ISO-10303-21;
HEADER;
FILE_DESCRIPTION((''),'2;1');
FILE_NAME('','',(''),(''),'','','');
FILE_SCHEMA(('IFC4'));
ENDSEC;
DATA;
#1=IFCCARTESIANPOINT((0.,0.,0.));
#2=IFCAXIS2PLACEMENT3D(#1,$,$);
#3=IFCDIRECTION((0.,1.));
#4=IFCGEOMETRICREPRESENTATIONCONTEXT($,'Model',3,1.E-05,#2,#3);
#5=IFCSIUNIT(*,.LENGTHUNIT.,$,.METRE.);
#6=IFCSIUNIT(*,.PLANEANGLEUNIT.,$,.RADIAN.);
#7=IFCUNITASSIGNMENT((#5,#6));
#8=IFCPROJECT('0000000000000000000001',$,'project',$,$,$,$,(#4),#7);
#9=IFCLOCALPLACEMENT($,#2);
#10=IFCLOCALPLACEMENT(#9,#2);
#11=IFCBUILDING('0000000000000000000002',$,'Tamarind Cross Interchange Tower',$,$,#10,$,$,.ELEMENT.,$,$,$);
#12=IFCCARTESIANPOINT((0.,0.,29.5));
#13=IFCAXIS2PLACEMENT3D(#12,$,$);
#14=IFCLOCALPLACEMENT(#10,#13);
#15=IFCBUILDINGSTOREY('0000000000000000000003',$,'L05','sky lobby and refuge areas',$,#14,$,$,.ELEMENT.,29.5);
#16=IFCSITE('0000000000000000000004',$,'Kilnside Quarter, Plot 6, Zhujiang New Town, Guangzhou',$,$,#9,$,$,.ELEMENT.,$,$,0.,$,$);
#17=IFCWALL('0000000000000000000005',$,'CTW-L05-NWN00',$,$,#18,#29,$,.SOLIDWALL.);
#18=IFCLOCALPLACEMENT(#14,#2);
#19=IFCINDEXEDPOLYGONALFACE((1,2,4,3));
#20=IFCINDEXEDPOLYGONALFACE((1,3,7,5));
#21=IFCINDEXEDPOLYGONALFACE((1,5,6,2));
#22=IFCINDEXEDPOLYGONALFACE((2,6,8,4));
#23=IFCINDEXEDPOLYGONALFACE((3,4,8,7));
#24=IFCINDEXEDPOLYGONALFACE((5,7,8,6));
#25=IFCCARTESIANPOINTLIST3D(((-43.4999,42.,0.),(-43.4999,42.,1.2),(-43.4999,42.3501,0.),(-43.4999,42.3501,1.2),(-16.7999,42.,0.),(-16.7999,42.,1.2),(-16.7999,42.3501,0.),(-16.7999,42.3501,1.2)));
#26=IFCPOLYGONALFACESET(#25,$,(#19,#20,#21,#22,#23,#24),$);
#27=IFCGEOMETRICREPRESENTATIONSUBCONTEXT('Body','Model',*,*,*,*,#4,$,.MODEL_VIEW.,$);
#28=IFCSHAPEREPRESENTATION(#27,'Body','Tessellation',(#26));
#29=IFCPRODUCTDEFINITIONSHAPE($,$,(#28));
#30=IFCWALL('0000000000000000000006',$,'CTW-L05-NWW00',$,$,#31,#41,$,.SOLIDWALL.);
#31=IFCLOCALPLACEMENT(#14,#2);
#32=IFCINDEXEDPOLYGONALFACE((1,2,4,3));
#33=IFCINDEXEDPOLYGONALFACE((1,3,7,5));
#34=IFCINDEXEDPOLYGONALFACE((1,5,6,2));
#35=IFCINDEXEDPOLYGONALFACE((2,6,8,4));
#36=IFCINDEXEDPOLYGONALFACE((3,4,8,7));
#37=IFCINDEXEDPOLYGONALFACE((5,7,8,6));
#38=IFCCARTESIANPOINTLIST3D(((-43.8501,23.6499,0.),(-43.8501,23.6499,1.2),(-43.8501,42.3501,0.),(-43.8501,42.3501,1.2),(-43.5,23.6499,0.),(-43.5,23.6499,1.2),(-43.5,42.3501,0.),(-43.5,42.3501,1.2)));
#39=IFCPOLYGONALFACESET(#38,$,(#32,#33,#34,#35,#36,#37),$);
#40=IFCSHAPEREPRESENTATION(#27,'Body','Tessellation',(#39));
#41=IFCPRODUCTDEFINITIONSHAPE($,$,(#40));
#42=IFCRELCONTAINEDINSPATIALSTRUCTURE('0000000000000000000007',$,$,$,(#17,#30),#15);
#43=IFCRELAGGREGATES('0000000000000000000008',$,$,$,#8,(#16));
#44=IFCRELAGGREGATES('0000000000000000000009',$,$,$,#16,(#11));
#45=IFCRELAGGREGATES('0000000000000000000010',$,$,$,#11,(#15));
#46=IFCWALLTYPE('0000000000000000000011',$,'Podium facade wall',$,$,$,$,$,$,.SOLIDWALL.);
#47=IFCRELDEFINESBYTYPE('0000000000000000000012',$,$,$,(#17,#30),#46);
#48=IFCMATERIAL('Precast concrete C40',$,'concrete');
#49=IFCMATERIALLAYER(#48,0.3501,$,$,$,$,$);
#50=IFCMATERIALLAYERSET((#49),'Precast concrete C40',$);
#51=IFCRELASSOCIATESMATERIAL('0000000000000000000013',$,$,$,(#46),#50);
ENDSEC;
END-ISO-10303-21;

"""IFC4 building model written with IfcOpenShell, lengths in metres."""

from ifc_helpers import new_model, si_unit, direction, frame, frame_2d, origin, place, context, subcontext, project, spatial, rectangle, extrude, material, layer, layer_set, type_object, element, save


model = new_model("IFC4")

# Units and contexts
model_context = context("Model", 3, precision=1e-05, world=origin(), true_north=direction((0.0, 1.0)))
body_context = subcontext(model_context, "Body", "Model", "MODEL_VIEW")
ifc_project = project(units=[si_unit("LENGTHUNIT", "METRE"), si_unit("PLANEANGLEUNIT", "RADIAN")], contexts=[model_context])

# Site, building, storey
site_placement = place(None, origin())
site = spatial("IfcSite", under=ifc_project, at=site_placement, Name="Kilnside Quarter, Plot 6, Zhujiang New Town, Guangzhou", CompositionType="ELEMENT", RefElevation=0.0)
building_placement = place(site_placement, origin())
building = spatial("IfcBuilding", under=site, at=building_placement, Name="Tamarind Cross Interchange Tower", CompositionType="ELEMENT")
storey_placement = place(building_placement, frame((0.0, 0.0, 29.5)))
storey = spatial("IfcBuildingStorey", under=building, at=storey_placement, Name="L05", Description="sky lobby and refuge areas", CompositionType="ELEMENT", Elevation=29.5)

# Walls
ifc_material_1 = material(Name="Precast concrete C40", Category="concrete")
ifc_layer_1 = layer(ifc_material_1, 0.3501)
ifc_layer_set_1 = layer_set([ifc_layer_1], Name="Precast concrete C40")
wall_type = type_object("IfcWallType", Name="Podium facade wall", PredefinedType="SOLIDWALL", material=ifc_layer_set_1)
for number, where, z_axis, x_axis, name in (
    (1, (-43.5, 42.175, 0.0), (0.0, 0.0, 1.0), (1.0, 0.0, 0.0), "CTW-L05-NWN00"),
):
    element("IfcWall", number, at=place(storey_placement, frame(where, z_axis=z_axis, x_axis=x_axis)), inside=storey, type_object=wall_type, Name=name, PredefinedType="SOLIDWALL", context=body_context, shape_type="SweptSolid", body=[
        extrude(rectangle(XDim=26.7, YDim=0.3501, at=frame_2d((13.3501, 0.0))), origin(), (0.0, 0.0, 1.0), 1.2),
    ])
wall_placement = place(storey_placement, frame((-43.675, 23.6499, 0.0), z_axis=(0.0, 0.0, 1.0), x_axis=(0.0, 1.0, 0.0)))
element("IfcWall", 2, at=wall_placement, inside=storey, type_object=wall_type, Name="CTW-L05-NWW00", PredefinedType="SOLIDWALL", context=body_context, shape_type="SweptSolid", body=[
    extrude(rectangle(XDim=18.7002, YDim=0.3501, at=frame_2d((9.3501, 0.0))), origin(), (0.0, 0.0, 1.0), 1.2),
])

save(model, "model.ifc")
